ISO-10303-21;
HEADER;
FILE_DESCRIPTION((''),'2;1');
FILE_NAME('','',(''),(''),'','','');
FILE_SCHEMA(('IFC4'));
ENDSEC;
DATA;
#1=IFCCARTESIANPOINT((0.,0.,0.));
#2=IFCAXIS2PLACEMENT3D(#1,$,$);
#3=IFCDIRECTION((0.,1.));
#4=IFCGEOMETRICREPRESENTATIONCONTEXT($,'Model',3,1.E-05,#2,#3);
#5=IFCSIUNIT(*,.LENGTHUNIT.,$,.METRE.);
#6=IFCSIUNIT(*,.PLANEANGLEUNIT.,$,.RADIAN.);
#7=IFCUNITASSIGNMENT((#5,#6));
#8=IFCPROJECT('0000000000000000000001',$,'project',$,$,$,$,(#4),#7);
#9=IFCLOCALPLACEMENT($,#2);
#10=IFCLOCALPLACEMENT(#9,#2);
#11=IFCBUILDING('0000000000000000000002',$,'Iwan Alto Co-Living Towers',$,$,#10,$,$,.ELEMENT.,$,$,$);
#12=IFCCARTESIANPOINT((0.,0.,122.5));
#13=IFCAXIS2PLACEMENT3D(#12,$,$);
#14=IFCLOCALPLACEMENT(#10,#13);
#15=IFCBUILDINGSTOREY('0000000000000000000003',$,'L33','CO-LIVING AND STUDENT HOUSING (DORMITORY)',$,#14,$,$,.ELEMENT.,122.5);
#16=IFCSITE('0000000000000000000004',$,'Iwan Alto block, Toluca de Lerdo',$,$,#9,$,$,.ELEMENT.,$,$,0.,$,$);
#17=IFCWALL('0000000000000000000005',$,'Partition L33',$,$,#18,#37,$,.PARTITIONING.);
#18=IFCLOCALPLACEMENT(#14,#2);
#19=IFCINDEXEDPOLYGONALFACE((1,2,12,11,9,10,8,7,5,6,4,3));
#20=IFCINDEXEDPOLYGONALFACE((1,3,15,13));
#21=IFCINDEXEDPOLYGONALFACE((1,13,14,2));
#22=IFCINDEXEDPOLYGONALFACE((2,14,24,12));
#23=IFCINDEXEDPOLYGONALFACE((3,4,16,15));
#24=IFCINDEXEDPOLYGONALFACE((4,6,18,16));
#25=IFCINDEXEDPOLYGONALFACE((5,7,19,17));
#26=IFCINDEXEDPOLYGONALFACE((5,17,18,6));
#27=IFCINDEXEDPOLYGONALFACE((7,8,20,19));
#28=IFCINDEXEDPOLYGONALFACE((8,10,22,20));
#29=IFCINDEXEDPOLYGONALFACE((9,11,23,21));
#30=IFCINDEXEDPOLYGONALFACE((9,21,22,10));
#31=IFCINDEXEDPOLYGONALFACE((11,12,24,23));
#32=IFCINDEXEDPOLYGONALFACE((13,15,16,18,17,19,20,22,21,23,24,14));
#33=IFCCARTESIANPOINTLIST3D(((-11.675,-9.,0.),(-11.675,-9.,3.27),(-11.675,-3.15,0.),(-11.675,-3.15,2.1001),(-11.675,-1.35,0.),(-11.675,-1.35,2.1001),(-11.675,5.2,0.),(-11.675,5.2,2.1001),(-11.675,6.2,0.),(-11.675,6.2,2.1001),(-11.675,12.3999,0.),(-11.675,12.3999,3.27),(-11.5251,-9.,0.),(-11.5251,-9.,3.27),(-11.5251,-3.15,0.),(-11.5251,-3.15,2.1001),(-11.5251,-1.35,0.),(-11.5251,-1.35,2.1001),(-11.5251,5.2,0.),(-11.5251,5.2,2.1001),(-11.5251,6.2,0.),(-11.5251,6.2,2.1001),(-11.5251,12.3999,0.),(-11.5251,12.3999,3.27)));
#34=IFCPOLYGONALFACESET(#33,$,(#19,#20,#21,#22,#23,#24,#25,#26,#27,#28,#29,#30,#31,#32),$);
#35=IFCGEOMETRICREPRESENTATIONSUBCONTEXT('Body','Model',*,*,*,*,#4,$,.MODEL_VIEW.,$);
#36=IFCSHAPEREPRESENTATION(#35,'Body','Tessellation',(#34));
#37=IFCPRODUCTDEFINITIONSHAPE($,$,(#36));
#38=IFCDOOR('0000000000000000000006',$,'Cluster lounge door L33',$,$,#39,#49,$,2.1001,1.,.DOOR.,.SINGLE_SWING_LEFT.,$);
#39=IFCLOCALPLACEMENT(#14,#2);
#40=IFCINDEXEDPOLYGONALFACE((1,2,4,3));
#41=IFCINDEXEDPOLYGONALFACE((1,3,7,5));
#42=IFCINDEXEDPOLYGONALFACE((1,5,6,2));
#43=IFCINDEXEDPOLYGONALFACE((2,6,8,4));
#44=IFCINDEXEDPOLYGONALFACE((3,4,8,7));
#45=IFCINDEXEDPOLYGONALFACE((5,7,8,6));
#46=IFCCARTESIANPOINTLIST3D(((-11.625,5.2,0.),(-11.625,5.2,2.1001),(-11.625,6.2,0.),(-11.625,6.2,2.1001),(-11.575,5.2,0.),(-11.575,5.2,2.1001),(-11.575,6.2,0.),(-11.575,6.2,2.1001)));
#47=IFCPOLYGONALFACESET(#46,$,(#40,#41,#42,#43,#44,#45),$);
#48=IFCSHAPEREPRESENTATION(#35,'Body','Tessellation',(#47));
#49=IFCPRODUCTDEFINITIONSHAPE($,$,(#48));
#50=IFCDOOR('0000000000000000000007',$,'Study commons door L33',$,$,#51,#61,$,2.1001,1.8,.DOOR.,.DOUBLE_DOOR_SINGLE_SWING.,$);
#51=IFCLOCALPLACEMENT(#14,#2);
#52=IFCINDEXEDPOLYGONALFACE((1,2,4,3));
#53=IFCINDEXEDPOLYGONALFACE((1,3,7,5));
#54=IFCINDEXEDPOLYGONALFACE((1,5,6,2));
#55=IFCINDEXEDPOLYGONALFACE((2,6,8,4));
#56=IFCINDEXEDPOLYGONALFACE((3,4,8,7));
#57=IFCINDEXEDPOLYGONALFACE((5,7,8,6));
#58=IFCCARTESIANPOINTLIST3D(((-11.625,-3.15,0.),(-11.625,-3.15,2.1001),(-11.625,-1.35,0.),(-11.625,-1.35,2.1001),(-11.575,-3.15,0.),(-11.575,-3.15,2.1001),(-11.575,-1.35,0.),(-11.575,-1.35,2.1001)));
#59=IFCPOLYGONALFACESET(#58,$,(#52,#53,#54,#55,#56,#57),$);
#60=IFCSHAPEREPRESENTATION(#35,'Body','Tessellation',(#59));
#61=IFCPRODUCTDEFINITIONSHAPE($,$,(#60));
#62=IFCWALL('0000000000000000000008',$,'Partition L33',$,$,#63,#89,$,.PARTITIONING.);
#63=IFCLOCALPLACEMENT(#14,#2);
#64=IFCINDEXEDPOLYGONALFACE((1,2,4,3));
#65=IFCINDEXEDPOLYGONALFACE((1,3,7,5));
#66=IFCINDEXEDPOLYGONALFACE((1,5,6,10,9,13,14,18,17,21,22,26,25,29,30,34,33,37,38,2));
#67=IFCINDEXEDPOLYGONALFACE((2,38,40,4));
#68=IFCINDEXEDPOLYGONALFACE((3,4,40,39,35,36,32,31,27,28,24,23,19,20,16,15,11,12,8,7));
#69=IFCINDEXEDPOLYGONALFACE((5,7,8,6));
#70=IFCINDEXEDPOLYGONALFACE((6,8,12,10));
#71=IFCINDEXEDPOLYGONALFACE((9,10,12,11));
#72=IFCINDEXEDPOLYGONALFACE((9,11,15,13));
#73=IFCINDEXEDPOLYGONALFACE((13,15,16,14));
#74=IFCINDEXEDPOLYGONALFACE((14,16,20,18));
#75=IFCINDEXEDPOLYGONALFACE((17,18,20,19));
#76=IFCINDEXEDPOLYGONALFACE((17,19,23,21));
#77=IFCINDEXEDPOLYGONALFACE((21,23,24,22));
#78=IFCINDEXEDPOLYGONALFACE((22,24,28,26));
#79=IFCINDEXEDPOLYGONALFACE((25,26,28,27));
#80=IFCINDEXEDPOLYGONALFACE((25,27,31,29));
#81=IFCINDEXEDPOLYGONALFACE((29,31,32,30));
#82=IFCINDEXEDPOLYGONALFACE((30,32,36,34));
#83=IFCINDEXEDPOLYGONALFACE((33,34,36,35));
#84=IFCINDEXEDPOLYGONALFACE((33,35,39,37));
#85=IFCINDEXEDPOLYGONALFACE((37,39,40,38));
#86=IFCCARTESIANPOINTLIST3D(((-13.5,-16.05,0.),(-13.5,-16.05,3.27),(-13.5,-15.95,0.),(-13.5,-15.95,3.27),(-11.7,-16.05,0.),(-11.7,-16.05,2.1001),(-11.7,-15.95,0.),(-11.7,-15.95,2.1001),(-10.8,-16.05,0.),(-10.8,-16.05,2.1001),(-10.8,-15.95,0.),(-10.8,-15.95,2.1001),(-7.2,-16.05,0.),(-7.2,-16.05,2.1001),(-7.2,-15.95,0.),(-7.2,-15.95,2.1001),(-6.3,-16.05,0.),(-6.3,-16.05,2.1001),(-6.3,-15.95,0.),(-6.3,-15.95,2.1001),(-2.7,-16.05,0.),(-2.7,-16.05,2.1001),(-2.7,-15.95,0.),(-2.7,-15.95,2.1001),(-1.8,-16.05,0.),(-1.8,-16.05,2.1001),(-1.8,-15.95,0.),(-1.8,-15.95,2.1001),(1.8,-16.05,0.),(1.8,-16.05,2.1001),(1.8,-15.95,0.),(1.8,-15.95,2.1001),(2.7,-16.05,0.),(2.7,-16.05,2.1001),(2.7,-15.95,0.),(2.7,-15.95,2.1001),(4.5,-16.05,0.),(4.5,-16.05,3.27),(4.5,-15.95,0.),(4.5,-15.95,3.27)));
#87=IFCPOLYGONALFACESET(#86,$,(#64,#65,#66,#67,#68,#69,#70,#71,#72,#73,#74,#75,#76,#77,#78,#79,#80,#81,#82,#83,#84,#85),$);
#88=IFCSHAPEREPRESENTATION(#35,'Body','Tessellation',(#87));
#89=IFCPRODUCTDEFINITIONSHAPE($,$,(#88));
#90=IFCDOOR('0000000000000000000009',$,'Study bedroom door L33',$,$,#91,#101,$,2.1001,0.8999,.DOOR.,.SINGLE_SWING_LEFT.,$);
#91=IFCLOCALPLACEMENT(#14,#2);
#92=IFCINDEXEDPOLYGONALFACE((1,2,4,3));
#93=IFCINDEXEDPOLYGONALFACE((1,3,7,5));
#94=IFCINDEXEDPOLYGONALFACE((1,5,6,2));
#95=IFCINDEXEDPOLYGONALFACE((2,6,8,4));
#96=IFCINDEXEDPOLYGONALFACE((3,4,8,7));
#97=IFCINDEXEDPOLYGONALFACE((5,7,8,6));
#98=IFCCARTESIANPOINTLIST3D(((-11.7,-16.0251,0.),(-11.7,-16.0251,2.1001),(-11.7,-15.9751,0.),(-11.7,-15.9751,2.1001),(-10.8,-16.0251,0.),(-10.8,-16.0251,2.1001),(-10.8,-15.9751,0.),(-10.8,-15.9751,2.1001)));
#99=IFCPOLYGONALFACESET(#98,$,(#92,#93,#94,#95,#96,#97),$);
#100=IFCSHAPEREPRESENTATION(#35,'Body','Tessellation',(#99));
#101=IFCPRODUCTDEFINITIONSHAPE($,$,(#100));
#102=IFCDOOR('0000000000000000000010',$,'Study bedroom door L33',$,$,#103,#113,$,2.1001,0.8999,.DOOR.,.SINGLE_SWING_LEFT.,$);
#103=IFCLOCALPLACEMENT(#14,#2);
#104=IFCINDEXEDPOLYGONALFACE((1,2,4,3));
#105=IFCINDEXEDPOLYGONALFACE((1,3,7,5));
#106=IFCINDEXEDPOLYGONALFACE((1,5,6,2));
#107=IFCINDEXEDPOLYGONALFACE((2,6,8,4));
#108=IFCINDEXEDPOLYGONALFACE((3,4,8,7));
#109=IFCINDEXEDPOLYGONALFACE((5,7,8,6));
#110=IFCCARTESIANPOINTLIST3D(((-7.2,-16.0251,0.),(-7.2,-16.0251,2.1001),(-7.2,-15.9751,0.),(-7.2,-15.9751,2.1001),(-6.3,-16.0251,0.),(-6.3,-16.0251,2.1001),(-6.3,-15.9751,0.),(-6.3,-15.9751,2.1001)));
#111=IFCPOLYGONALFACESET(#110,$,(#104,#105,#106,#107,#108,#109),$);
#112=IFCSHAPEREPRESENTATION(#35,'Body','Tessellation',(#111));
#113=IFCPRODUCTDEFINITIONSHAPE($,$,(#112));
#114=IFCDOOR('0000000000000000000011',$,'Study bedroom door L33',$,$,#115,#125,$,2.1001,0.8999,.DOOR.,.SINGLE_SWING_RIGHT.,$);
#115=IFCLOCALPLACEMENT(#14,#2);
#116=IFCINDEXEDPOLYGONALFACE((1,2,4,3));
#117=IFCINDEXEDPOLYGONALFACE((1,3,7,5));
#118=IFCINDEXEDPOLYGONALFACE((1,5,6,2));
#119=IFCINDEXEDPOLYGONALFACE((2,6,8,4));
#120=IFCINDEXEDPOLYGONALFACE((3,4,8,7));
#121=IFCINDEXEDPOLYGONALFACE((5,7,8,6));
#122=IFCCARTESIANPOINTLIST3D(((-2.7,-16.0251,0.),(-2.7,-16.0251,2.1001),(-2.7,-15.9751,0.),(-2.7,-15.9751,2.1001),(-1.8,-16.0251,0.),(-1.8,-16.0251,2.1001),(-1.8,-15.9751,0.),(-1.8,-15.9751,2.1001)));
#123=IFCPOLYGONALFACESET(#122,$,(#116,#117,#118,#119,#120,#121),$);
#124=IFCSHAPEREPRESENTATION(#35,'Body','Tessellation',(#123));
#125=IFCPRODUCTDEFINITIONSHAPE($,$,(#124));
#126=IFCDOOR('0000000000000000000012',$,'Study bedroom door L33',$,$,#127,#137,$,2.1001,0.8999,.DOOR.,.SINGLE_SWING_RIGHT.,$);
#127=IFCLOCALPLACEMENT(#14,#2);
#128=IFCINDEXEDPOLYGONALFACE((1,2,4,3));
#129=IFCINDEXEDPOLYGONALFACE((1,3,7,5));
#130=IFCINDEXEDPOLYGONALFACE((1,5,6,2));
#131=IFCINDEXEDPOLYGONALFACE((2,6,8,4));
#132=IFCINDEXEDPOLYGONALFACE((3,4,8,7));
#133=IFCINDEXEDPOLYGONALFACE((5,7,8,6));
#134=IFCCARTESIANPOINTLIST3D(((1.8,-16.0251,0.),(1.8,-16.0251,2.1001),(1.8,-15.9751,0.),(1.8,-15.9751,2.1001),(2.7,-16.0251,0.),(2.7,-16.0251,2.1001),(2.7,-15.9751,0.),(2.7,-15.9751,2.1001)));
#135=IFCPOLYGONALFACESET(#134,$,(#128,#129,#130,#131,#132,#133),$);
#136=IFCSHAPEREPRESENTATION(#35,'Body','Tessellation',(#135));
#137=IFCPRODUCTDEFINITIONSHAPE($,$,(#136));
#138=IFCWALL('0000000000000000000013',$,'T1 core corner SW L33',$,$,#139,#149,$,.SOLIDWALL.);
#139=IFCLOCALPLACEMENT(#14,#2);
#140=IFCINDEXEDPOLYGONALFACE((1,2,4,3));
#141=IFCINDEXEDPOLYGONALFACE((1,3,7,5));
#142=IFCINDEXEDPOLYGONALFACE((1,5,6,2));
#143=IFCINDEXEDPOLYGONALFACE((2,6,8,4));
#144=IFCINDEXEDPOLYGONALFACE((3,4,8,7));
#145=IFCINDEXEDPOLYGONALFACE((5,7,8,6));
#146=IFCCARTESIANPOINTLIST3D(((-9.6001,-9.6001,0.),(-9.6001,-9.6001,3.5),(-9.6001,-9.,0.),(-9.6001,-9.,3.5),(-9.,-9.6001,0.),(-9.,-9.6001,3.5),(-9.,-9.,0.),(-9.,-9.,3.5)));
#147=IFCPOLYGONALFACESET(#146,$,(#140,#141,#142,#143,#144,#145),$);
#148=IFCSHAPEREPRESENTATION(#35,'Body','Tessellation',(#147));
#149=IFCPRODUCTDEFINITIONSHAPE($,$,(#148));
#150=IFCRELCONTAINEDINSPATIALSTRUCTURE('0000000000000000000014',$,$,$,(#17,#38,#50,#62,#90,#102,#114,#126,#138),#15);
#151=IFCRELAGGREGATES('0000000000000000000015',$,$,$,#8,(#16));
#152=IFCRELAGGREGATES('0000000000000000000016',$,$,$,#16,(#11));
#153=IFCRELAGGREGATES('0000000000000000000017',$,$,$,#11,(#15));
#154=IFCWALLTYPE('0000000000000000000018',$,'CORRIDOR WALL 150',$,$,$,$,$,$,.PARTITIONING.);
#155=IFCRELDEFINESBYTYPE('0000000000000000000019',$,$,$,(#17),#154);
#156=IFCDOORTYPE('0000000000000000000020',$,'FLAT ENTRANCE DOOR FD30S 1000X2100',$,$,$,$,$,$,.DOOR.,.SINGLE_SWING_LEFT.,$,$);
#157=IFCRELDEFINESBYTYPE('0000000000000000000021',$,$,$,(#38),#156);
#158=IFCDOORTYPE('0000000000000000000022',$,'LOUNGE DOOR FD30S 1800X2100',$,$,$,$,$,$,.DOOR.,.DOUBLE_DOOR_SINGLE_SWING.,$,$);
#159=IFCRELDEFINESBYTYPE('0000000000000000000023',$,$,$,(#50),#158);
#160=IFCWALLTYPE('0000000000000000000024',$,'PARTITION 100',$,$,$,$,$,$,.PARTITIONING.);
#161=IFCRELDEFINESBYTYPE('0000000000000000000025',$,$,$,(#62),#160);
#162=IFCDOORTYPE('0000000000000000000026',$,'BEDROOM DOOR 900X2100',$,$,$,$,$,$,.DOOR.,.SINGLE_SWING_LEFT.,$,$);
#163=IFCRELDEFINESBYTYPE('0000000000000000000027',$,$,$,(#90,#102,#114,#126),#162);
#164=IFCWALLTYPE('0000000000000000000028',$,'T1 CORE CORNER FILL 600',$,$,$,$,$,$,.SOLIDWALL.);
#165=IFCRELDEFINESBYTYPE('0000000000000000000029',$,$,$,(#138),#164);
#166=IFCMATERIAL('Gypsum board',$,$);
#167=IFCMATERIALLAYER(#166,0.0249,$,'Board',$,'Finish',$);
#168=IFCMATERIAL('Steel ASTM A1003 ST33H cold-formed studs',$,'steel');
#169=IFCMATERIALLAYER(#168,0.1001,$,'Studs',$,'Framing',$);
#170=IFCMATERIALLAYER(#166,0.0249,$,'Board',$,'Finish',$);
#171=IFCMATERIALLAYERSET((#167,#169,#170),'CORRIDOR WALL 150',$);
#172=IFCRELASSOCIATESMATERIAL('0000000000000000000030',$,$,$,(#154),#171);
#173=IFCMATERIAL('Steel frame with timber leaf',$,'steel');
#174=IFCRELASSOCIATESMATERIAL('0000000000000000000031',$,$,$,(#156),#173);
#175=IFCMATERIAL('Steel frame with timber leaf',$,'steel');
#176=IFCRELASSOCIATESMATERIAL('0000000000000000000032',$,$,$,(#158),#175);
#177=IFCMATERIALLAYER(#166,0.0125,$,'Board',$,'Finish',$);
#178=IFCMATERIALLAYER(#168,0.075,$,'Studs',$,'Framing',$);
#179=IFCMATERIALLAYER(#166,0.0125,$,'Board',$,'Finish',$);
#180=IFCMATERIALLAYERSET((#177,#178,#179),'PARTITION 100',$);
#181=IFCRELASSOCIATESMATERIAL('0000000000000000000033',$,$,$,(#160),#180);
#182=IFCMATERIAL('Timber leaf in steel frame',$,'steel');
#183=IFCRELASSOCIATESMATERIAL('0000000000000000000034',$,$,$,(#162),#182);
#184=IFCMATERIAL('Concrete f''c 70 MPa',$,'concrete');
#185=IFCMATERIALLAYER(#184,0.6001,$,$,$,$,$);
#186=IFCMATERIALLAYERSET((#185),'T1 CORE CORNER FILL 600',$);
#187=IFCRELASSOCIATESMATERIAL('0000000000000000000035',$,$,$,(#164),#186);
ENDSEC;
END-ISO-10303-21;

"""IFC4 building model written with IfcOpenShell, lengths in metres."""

from ifc_helpers import new_model, si_unit, direction, frame, frame_2d, origin, place, context, subcontext, project, spatial, rectangle, extrude, material, layer, layer_set, type_object, element, fill, save


model = new_model("IFC4")

# Units and contexts
model_context = context("Model", 3, precision=1e-05, world=origin(), true_north=direction((0.0, 1.0)))
body_context = subcontext(model_context, "Body", "Model", "MODEL_VIEW")
ifc_project = project(units=[si_unit("LENGTHUNIT", "METRE"), si_unit("PLANEANGLEUNIT", "RADIAN")], contexts=[model_context])

# Site, building, storey
site_placement = place(None, origin())
site = spatial("IfcSite", under=ifc_project, at=site_placement, Name="Iwan Alto block, Toluca de Lerdo", CompositionType="ELEMENT", RefElevation=0.0)
building_placement = place(site_placement, origin())
building = spatial("IfcBuilding", under=site, at=building_placement, Name="Iwan Alto Co-Living Towers", CompositionType="ELEMENT")
storey_placement = place(building_placement, frame((0.0, 0.0, 122.5)))
storey = spatial("IfcBuildingStorey", under=building, at=storey_placement, Name="L33", Description="CO-LIVING AND STUDENT HOUSING (DORMITORY)", CompositionType="ELEMENT", Elevation=122.5)

# Shared definitions
ifc_material_1 = material(Name="Gypsum board")
ifc_layer_1 = layer(ifc_material_1, 0.0249, Name="Board", Category="Finish")
ifc_material_2 = material(Name="Steel ASTM A1003 ST33H cold-formed studs", Category="steel")
ifc_layer_2 = layer(ifc_material_2, 0.1001, Name="Studs", Category="Framing")
ifc_layer_3 = layer(ifc_material_1, 0.0249, Name="Board", Category="Finish")
ifc_layer_set_1 = layer_set([ifc_layer_1, ifc_layer_2, ifc_layer_3], Name="CORRIDOR WALL 150")
wall_type_1 = type_object("IfcWallType", Name="CORRIDOR WALL 150", PredefinedType="PARTITIONING", material=ifc_layer_set_1)
ifc_material_3 = material(Name="Steel frame with timber leaf", Category="steel")
door_type_1 = type_object("IfcDoorType", Name="FLAT ENTRANCE DOOR FD30S 1000X2100", OperationType="SINGLE_SWING_LEFT", PredefinedType="DOOR", material=ifc_material_3)

# Walls, openings, doors
wall_1_placement = place(storey_placement, frame((-11.6001, -9.0, 0.0), z_axis=(0.0, 0.0, 1.0), x_axis=(0.0, 1.0, 0.0)))
wall_1 = element("IfcWall", 1, at=wall_1_placement, inside=storey, type_object=wall_type_1, Name="Partition L33", PredefinedType="PARTITIONING", context=body_context, shape_type="SweptSolid", body=[
    extrude(rectangle(XDim=21.3999, YDim=0.1499, at=frame_2d((10.7, 0.0))), origin(), (0.0, 0.0, 1.0), 3.27),
])
opening_1_placement = place(wall_1_placement, frame((14.2, 0.0, 0.0)))
opening_1 = element("IfcOpeningElement", 2, at=opening_1_placement, cuts=wall_1, PredefinedType="OPENING", context=body_context, shape_type="SweptSolid", body=[
    extrude(rectangle(XDim=1.0, YDim=2.1001, at=frame_2d((0.5, 1.05))), frame((0.0, 0.085, 0.0), z_axis=(0.0, -1.0, 0.0), x_axis=(1.0, 0.0, 0.0)), (0.0, 0.0, 1.0), 0.1699),
])
opening_2_placement = place(wall_1_placement, frame((5.8501, 0.0, 0.0)))
opening_2 = element("IfcOpeningElement", 3, at=opening_2_placement, cuts=wall_1, PredefinedType="OPENING", context=body_context, shape_type="SweptSolid", body=[
    extrude(rectangle(XDim=1.8, YDim=2.1001, at=frame_2d((0.8999, 1.05))), frame((0.0, 0.085, 0.0), z_axis=(0.0, -1.0, 0.0), x_axis=(1.0, 0.0, 0.0)), (0.0, 0.0, 1.0), 0.1699),
])
door_1_placement = place(opening_1_placement, origin())
door_1 = element("IfcDoor", 4, at=door_1_placement, inside=storey, type_object=door_type_1, Name="Cluster lounge door L33", OperationType="SINGLE_SWING_LEFT", OverallHeight=2.1001, OverallWidth=1.0, PredefinedType="DOOR", context=body_context, shape_type="SweptSolid", body=[
    extrude(rectangle(XDim=1.0, YDim=2.1001, at=frame_2d((0.5, 1.05))), frame((0.0, 0.0249, 0.0), z_axis=(0.0, -1.0, 0.0), x_axis=(1.0, 0.0, 0.0)), (0.0, 0.0, 1.0), 0.05),
])
fill(opening_1, door_1)
ifc_material_4 = material(Name="Steel frame with timber leaf", Category="steel")
door_type_2 = type_object("IfcDoorType", Name="LOUNGE DOOR FD30S 1800X2100", OperationType="DOUBLE_DOOR_SINGLE_SWING", PredefinedType="DOOR", material=ifc_material_4)
door_2_placement = place(opening_2_placement, origin())
door_2 = element("IfcDoor", 5, at=door_2_placement, inside=storey, type_object=door_type_2, Name="Study commons door L33", OperationType="DOUBLE_DOOR_SINGLE_SWING", OverallHeight=2.1001, OverallWidth=1.8, PredefinedType="DOOR", context=body_context, shape_type="SweptSolid", body=[
    extrude(rectangle(XDim=1.8, YDim=2.1001, at=frame_2d((0.8999, 1.05))), frame((0.0, 0.0249, 0.0), z_axis=(0.0, -1.0, 0.0), x_axis=(1.0, 0.0, 0.0)), (0.0, 0.0, 1.0), 0.05),
])
fill(opening_2, door_2)
ifc_layer_4 = layer(ifc_material_1, 0.0125, Name="Board", Category="Finish")
ifc_layer_5 = layer(ifc_material_2, 0.075, Name="Studs", Category="Framing")
ifc_layer_6 = layer(ifc_material_1, 0.0125, Name="Board", Category="Finish")
ifc_layer_set_2 = layer_set([ifc_layer_4, ifc_layer_5, ifc_layer_6], Name="PARTITION 100")
wall_type_2 = type_object("IfcWallType", Name="PARTITION 100", PredefinedType="PARTITIONING", material=ifc_layer_set_2)
wall_2_placement = place(storey_placement, frame((-13.5, -16.0, 0.0), z_axis=(0.0, 0.0, 1.0), x_axis=(1.0, 0.0, 0.0)))
wall_2 = element("IfcWall", 6, at=wall_2_placement, inside=storey, type_object=wall_type_2, Name="Partition L33", PredefinedType="PARTITIONING", context=body_context, shape_type="SweptSolid", body=[
    extrude(rectangle(XDim=18.0, YDim=0.1001, at=frame_2d((9.0, 0.0))), origin(), (0.0, 0.0, 1.0), 3.27),
])
opening_3_placement = place(wall_2_placement, frame((1.8, 0.0, 0.0)))
opening_3 = element("IfcOpeningElement", 7, at=opening_3_placement, cuts=wall_2, PredefinedType="OPENING", context=body_context, shape_type="SweptSolid", body=[
    extrude(rectangle(XDim=0.8999, YDim=2.1001, at=frame_2d((0.45, 1.05))), frame((0.0, 0.0601, 0.0), z_axis=(0.0, -1.0, 0.0), x_axis=(1.0, 0.0, 0.0)), (0.0, 0.0, 1.0), 0.1201),
])
opening_4_placement = place(wall_2_placement, frame((6.3, 0.0, 0.0)))
opening_4 = element("IfcOpeningElement", 8, at=opening_4_placement, cuts=wall_2, PredefinedType="OPENING", context=body_context, shape_type="SweptSolid", body=[
    extrude(rectangle(XDim=0.8999, YDim=2.1001, at=frame_2d((0.45, 1.05))), frame((0.0, 0.0601, 0.0), z_axis=(0.0, -1.0, 0.0), x_axis=(1.0, 0.0, 0.0)), (0.0, 0.0, 1.0), 0.1201),
])
opening_5_placement = place(wall_2_placement, frame((10.8, 0.0, 0.0)))
opening_5 = element("IfcOpeningElement", 9, at=opening_5_placement, cuts=wall_2, PredefinedType="OPENING", context=body_context, shape_type="SweptSolid", body=[
    extrude(rectangle(XDim=0.8999, YDim=2.1001, at=frame_2d((0.45, 1.05))), frame((0.0, 0.0601, 0.0), z_axis=(0.0, -1.0, 0.0), x_axis=(1.0, 0.0, 0.0)), (0.0, 0.0, 1.0), 0.1201),
])
opening_6_placement = place(wall_2_placement, frame((15.3, 0.0, 0.0)))
opening_6 = element("IfcOpeningElement", 10, at=opening_6_placement, cuts=wall_2, PredefinedType="OPENING", context=body_context, shape_type="SweptSolid", body=[
    extrude(rectangle(XDim=0.8999, YDim=2.1001, at=frame_2d((0.45, 1.05))), frame((0.0, 0.0601, 0.0), z_axis=(0.0, -1.0, 0.0), x_axis=(1.0, 0.0, 0.0)), (0.0, 0.0, 1.0), 0.1201),
])
ifc_material_5 = material(Name="Timber leaf in steel frame", Category="steel")
door_type_3 = type_object("IfcDoorType", Name="BEDROOM DOOR 900X2100", OperationType="SINGLE_SWING_LEFT", PredefinedType="DOOR", material=ifc_material_5)
door_3_placement = place(opening_3_placement, origin())
door_3 = element("IfcDoor", 11, at=door_3_placement, inside=storey, type_object=door_type_3, Name="Study bedroom door L33", OperationType="SINGLE_SWING_LEFT", OverallHeight=2.1001, OverallWidth=0.8999, PredefinedType="DOOR", context=body_context, shape_type="SweptSolid", body=[
    extrude(rectangle(XDim=0.8999, YDim=2.1001, at=frame_2d((0.45, 1.05))), frame((0.0, 0.0249, 0.0), z_axis=(0.0, -1.0, 0.0), x_axis=(1.0, 0.0, 0.0)), (0.0, 0.0, 1.0), 0.05),
])
fill(opening_3, door_3)
door_4_placement = place(opening_4_placement, origin())
door_4 = element("IfcDoor", 12, at=door_4_placement, inside=storey, type_object=door_type_3, Name="Study bedroom door L33", OperationType="SINGLE_SWING_LEFT", OverallHeight=2.1001, OverallWidth=0.8999, PredefinedType="DOOR", context=body_context, shape_type="SweptSolid", body=[
    extrude(rectangle(XDim=0.8999, YDim=2.1001, at=frame_2d((0.45, 1.05))), frame((0.0, 0.0249, 0.0), z_axis=(0.0, -1.0, 0.0), x_axis=(1.0, 0.0, 0.0)), (0.0, 0.0, 1.0), 0.05),
])
fill(opening_4, door_4)
door_5_placement = place(opening_5_placement, origin())
door_5 = element("IfcDoor", 13, at=door_5_placement, inside=storey, type_object=door_type_3, Name="Study bedroom door L33", OperationType="SINGLE_SWING_RIGHT", OverallHeight=2.1001, OverallWidth=0.8999, PredefinedType="DOOR", context=body_context, shape_type="SweptSolid", body=[
    extrude(rectangle(XDim=0.8999, YDim=2.1001, at=frame_2d((0.45, 1.05))), frame((0.0, 0.0249, 0.0), z_axis=(0.0, -1.0, 0.0), x_axis=(1.0, 0.0, 0.0)), (0.0, 0.0, 1.0), 0.05),
])
fill(opening_5, door_5)
door_6_placement = place(opening_6_placement, origin())
door_6 = element("IfcDoor", 14, at=door_6_placement, inside=storey, type_object=door_type_3, Name="Study bedroom door L33", OperationType="SINGLE_SWING_RIGHT", OverallHeight=2.1001, OverallWidth=0.8999, PredefinedType="DOOR", context=body_context, shape_type="SweptSolid", body=[
    extrude(rectangle(XDim=0.8999, YDim=2.1001, at=frame_2d((0.45, 1.05))), frame((0.0, 0.0249, 0.0), z_axis=(0.0, -1.0, 0.0), x_axis=(1.0, 0.0, 0.0)), (0.0, 0.0, 1.0), 0.05),
])
fill(opening_6, door_6)

# Wall
ifc_material_6 = material(Name="Concrete f'c 70 MPa", Category="concrete")
ifc_layer_7 = layer(ifc_material_6, 0.6001)
ifc_layer_set_3 = layer_set([ifc_layer_7], Name="T1 CORE CORNER FILL 600")
wall_type_3 = type_object("IfcWallType", Name="T1 CORE CORNER FILL 600", PredefinedType="SOLIDWALL", material=ifc_layer_set_3)
wall_3_placement = place(storey_placement, frame((-9.6001, -9.3, 0.0), z_axis=(0.0, 0.0, 1.0), x_axis=(1.0, 0.0, 0.0)))
element("IfcWall", 15, at=wall_3_placement, inside=storey, type_object=wall_type_3, Name="T1 core corner SW L33", PredefinedType="SOLIDWALL", context=body_context, shape_type="SweptSolid", body=[
    extrude(rectangle(XDim=0.6001, YDim=0.6001, at=frame_2d((0.3, 0.0))), origin(), (0.0, 0.0, 1.0), 3.5),
])

save(model, "model.ifc")
